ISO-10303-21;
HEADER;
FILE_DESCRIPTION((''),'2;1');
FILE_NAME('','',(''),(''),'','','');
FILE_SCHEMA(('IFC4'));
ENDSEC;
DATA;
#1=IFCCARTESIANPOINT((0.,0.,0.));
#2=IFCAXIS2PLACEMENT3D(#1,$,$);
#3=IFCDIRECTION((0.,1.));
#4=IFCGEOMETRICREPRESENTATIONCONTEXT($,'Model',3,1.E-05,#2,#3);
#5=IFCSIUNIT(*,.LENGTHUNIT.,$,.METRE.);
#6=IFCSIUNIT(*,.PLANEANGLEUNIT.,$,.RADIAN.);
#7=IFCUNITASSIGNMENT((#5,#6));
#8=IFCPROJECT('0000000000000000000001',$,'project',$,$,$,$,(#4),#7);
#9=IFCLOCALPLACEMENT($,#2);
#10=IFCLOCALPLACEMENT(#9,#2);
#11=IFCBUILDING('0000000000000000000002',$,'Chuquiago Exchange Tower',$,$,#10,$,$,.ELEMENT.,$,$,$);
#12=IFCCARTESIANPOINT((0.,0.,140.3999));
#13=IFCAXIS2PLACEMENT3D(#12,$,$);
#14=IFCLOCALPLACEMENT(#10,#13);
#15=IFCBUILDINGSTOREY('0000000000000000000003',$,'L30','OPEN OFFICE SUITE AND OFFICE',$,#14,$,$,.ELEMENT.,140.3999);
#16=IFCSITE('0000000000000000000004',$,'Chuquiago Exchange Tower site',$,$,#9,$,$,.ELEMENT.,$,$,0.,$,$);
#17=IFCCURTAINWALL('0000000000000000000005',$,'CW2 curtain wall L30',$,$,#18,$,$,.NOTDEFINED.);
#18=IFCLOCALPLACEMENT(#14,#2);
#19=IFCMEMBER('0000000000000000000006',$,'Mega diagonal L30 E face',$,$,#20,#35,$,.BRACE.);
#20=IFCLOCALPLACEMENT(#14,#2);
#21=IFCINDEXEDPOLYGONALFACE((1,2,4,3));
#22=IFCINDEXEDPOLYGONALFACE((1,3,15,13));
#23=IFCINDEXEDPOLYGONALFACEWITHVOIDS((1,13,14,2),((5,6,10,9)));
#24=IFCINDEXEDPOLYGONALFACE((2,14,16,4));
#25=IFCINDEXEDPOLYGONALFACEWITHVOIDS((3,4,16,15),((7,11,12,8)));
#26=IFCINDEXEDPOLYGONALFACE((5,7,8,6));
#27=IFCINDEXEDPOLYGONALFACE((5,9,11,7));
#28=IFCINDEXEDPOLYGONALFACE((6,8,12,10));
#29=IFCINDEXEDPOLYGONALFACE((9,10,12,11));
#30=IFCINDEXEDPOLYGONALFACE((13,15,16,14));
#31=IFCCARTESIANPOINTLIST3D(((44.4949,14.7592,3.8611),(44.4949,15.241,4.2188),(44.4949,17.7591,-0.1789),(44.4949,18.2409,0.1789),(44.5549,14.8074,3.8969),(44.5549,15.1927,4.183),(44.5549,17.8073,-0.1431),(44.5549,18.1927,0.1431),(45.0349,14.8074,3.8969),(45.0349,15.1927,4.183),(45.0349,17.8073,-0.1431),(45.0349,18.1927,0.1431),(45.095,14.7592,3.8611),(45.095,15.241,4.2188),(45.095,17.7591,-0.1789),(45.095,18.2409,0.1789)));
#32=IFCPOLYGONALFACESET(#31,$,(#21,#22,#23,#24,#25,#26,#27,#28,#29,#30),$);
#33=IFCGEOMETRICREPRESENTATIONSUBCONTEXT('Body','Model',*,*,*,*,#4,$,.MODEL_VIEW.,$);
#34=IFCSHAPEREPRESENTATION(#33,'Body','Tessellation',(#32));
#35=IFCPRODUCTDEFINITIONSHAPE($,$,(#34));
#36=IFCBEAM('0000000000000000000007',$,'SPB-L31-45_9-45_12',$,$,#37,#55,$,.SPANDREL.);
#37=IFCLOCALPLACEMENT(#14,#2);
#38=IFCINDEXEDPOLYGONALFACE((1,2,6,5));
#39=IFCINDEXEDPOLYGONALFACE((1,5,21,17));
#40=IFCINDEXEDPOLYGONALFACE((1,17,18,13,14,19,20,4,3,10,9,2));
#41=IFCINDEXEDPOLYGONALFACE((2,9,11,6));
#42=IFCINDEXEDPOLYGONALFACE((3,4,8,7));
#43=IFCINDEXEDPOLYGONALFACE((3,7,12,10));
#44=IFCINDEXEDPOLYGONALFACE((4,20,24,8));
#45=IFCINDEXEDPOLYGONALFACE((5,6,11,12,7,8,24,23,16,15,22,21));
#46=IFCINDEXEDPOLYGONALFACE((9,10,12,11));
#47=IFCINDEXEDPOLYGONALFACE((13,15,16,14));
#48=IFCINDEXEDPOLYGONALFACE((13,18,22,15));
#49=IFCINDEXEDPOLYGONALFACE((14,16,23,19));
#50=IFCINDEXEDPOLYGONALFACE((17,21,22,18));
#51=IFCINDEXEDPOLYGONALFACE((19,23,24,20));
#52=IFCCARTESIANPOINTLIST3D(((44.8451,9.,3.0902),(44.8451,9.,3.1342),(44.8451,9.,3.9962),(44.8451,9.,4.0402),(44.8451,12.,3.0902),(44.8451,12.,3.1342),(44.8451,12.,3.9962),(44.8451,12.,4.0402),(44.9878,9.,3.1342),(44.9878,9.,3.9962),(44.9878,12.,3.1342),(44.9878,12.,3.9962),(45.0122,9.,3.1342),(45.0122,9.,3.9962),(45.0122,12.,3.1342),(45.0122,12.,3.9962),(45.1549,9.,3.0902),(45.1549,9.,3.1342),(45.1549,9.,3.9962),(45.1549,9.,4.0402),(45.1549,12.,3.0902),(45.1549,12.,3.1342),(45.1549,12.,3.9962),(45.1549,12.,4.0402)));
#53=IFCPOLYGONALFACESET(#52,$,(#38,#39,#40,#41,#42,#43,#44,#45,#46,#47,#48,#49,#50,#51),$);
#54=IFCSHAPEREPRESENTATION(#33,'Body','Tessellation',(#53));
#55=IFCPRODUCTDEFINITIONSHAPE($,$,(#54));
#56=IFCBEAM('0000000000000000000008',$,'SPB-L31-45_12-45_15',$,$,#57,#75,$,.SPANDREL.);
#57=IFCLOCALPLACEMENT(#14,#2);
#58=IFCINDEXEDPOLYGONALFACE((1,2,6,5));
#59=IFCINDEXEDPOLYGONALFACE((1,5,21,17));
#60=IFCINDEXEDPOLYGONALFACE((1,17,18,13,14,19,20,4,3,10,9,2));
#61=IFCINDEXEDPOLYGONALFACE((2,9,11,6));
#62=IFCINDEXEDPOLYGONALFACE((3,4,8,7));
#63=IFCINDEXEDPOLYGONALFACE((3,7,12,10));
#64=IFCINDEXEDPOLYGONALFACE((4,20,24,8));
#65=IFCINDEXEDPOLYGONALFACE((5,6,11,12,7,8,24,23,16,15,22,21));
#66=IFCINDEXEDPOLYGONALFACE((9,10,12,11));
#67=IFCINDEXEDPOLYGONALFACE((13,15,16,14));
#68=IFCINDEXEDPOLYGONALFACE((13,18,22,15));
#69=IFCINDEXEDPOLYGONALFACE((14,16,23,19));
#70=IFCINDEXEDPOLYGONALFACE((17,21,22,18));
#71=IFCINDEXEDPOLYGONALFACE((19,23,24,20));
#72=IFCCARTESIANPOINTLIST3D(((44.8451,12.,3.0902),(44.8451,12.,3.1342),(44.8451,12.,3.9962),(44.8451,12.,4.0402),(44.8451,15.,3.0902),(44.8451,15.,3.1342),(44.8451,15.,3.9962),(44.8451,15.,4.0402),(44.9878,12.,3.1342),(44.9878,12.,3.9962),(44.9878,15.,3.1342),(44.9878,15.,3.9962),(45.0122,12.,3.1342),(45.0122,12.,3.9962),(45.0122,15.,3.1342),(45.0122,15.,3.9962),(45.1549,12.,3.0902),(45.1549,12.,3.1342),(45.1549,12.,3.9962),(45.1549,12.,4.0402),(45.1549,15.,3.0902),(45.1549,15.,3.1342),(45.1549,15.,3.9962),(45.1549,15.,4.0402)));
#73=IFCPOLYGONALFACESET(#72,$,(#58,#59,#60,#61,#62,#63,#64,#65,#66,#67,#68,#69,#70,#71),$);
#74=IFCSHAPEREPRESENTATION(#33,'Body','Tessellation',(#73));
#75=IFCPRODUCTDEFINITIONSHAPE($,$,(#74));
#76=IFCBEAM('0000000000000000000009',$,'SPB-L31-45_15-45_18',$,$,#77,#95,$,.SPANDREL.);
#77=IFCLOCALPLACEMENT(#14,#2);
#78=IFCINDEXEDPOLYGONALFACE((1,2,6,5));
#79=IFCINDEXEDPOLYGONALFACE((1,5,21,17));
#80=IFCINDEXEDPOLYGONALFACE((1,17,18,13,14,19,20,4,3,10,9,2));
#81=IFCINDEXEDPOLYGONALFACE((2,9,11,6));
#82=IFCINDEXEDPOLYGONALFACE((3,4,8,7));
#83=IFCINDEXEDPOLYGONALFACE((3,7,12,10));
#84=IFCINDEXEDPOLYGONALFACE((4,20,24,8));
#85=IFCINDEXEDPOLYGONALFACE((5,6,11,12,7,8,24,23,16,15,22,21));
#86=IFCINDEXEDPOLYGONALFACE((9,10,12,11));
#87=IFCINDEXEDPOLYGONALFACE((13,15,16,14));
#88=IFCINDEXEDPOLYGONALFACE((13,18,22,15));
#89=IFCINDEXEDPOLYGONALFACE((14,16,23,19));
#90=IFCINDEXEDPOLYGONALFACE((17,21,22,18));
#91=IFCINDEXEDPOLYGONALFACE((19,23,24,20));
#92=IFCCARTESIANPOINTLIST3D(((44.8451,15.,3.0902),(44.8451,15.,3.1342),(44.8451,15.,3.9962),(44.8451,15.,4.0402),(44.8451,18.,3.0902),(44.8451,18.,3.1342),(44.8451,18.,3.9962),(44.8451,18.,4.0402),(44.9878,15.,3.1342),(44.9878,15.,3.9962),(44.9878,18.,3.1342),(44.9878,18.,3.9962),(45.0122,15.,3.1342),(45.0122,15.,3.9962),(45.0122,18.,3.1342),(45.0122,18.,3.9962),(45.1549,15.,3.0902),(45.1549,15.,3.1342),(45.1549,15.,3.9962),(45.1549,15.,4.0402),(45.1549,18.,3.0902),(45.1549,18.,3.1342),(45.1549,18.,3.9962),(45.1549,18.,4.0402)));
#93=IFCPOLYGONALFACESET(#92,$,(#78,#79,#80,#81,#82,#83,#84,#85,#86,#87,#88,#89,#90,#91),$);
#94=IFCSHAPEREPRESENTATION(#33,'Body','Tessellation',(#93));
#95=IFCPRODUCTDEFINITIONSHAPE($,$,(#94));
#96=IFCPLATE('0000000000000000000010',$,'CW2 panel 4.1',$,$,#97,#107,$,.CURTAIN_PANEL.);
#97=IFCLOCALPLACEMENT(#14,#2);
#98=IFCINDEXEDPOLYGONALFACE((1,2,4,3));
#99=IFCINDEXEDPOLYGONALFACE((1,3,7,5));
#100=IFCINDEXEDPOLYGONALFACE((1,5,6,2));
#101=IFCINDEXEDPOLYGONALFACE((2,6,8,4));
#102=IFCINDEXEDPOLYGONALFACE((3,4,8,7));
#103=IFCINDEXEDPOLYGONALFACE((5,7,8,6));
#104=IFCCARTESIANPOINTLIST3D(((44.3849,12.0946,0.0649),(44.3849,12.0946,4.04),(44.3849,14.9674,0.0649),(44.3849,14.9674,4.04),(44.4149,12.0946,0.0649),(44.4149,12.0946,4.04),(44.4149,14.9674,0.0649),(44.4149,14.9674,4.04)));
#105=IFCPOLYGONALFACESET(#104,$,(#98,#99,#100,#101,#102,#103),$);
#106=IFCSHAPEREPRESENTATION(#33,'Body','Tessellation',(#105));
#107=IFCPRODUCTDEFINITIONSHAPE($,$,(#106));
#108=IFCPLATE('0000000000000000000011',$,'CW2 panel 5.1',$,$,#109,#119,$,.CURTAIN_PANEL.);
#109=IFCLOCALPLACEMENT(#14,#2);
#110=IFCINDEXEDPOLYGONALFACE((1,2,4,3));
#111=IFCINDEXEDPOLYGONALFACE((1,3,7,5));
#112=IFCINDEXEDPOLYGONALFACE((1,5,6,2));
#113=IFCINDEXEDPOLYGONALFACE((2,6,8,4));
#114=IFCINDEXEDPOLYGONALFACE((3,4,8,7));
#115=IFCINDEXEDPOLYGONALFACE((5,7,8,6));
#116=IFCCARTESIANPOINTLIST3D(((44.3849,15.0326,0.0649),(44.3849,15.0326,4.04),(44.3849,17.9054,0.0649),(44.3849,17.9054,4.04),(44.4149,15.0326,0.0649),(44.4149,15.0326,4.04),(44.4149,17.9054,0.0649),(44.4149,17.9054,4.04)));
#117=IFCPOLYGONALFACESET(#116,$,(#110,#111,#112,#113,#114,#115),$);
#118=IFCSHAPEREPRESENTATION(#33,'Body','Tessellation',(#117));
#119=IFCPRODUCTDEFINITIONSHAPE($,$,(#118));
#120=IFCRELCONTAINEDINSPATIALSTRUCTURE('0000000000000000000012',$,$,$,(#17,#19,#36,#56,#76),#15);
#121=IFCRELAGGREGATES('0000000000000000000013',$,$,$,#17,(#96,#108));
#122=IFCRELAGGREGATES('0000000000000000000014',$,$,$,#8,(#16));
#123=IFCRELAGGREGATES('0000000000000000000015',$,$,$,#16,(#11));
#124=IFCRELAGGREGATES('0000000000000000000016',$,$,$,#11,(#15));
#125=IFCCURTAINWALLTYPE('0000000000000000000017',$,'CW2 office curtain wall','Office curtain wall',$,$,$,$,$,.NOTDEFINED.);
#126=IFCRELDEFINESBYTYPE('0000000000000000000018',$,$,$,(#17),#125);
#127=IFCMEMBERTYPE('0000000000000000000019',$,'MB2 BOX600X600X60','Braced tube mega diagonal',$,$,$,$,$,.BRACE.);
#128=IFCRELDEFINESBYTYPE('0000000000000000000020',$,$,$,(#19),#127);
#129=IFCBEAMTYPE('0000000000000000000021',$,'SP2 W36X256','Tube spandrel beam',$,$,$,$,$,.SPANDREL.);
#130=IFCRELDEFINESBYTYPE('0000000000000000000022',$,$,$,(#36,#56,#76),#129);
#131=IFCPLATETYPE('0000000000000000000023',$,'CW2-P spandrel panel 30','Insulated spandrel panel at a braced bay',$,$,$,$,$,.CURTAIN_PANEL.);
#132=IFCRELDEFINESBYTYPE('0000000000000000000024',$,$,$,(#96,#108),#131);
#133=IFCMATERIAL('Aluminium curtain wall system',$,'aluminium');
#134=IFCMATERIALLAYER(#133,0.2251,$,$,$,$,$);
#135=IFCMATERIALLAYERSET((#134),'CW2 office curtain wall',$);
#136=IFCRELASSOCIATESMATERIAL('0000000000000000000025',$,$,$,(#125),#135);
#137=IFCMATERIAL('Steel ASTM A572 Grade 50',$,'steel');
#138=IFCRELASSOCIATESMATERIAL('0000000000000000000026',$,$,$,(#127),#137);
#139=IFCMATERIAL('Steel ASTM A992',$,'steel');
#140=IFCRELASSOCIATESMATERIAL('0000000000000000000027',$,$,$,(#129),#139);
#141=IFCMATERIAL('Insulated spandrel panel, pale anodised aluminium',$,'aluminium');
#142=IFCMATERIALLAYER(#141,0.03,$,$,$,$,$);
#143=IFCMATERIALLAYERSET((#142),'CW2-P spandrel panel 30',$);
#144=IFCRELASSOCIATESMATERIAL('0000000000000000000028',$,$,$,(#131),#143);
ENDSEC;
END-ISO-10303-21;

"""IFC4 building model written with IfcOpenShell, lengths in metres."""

from ifc_helpers import new_model, si_unit, direction, frame, origin, origin_2d, place, context, subcontext, project, spatial, rectangle, hollow_rectangle, i_section, extrude, material, layer, layer_set, material_profile, profile_set, type_object, element, aggregate, save


model = new_model("IFC4")

# Units and contexts
model_context = context("Model", 3, precision=1e-05, world=origin(), true_north=direction((0.0, 1.0)))
body_context = subcontext(model_context, "Body", "Model", "MODEL_VIEW")
ifc_project = project(units=[si_unit("LENGTHUNIT", "METRE"), si_unit("PLANEANGLEUNIT", "RADIAN")], contexts=[model_context])

# Site, building, storey
site_placement = place(None, origin())
site = spatial("IfcSite", under=ifc_project, at=site_placement, Name="Chuquiago Exchange Tower site", CompositionType="ELEMENT", RefElevation=0.0)
building_placement = place(site_placement, origin())
building = spatial("IfcBuilding", under=site, at=building_placement, Name="Chuquiago Exchange Tower", CompositionType="ELEMENT")
storey_placement = place(building_placement, frame((0.0, 0.0, 140.3999)))
storey = spatial("IfcBuildingStorey", under=building, at=storey_placement, Name="L30", Description="OPEN OFFICE SUITE AND OFFICE", CompositionType="ELEMENT", Elevation=140.3999)

# Curtain wall
ifc_material_1 = material(Name="Aluminium curtain wall system", Category="aluminium")
ifc_layer_1 = layer(ifc_material_1, 0.2251)
ifc_layer_set_1 = layer_set([ifc_layer_1], Name="CW2 office curtain wall")
curtain_wall_type = type_object("IfcCurtainWallType", Name="CW2 office curtain wall", Description="Office curtain wall", PredefinedType="NOTDEFINED", material=ifc_layer_set_1)
curtain_wall_placement = place(storey_placement, origin())
curtain_wall = element("IfcCurtainWall", 1, at=curtain_wall_placement, inside=storey, type_object=curtain_wall_type, Name="CW2 curtain wall L30", PredefinedType="NOTDEFINED")

# Member
ifc_material_2 = material(Name="Steel ASTM A572 Grade 50", Category="steel")
ifc_material_profile_1 = material_profile(ifc_material_2, hollow_rectangle(XDim=0.6001, YDim=0.6001, WallThickness=0.0601, at=origin_2d()), Name="BOX600X600X60")
ifc_profile_set_1 = profile_set([ifc_material_profile_1], Name="Steel ASTM A572 Grade 50")
member_type_1 = type_object("IfcMemberType", Name="MB2 BOX600X600X60", Description="Braced tube mega diagonal", PredefinedType="BRACE", material=ifc_profile_set_1)
for number, where, z_axis, x_axis, name in (
    (2, (44.7949, 18.0, 0.0), (0.0, -0.596174, 0.802855), (1.0, 0.0, 0.0), "Mega diagonal L30 E face"),
):
    element("IfcMember", number, at=place(storey_placement, frame(where, z_axis=z_axis, x_axis=x_axis)), inside=storey, type_object=member_type_1, Name=name, PredefinedType="BRACE", context=body_context, shape_type="SweptSolid", body=[
        extrude(hollow_rectangle(XDim=0.6001, YDim=0.6001, WallThickness=0.0601, at=origin_2d()), origin(), (0.0, 0.0, 1.0), 5.032),
    ])

# Beams
ifc_material_3 = material(Name="Steel ASTM A992", Category="steel")
ifc_material_profile_2 = material_profile(ifc_material_3, i_section(OverallWidth=0.3098, OverallDepth=0.95, WebThickness=0.0244, FlangeThickness=0.0439, at=origin_2d()), Name="W36X256")
ifc_profile_set_2 = profile_set([ifc_material_profile_2], Name="Steel ASTM A992")
beam_type = type_object("IfcBeamType", Name="SP2 W36X256", Description="Tube spandrel beam", PredefinedType="SPANDREL", material=ifc_profile_set_2)
for number, where, z_axis, x_axis, name in (
    (3, (45.0, 9.0, 3.5652), (0.0, 1.0, 0.0), (-1.0, 0.0, 0.0), "SPB-L31-45_9-45_12"),
    (4, (45.0, 12.0, 3.5652), (0.0, 1.0, 0.0), (-1.0, 0.0, 0.0), "SPB-L31-45_12-45_15"),
    (5, (45.0, 15.0, 3.5652), (0.0, 1.0, 0.0), (-1.0, 0.0, 0.0), "SPB-L31-45_15-45_18"),
):
    element("IfcBeam", number, at=place(storey_placement, frame(where, z_axis=z_axis, x_axis=x_axis)), inside=storey, type_object=beam_type, Name=name, PredefinedType="SPANDREL", context=body_context, shape_type="SweptSolid", body=[
        extrude(i_section(OverallWidth=0.3098, OverallDepth=0.95, WebThickness=0.0244, FlangeThickness=0.0439, at=origin_2d()), origin(), (0.0, 0.0, 1.0), 3.0),
    ])

# Plates
ifc_material_4 = material(Name="Insulated spandrel panel, pale anodised aluminium", Category="aluminium")
ifc_layer_2 = layer(ifc_material_4, 0.03)
ifc_layer_set_2 = layer_set([ifc_layer_2], Name="CW2-P spandrel panel 30")
plate_type = type_object("IfcPlateType", Name="CW2-P spandrel panel 30", Description="Insulated spandrel panel at a braced bay", PredefinedType="CURTAIN_PANEL", material=ifc_layer_set_2)
plate_1_placement = place(storey_placement, frame((44.3999, 13.531, 0.0649), z_axis=(0.0, 0.0, 1.0), x_axis=(0.0, 1.0, 0.0)))
plate_1 = element("IfcPlate", 6, at=plate_1_placement, type_object=plate_type, Name="CW2 panel 4.1", PredefinedType="CURTAIN_PANEL", context=body_context, shape_type="SweptSolid", body=[
    extrude(rectangle(XDim=2.8728, YDim=0.03, at=origin_2d()), origin(), (0.0, 0.0, 1.0), 3.9751),
])
plate_2_placement = place(storey_placement, frame((44.3999, 16.469, 0.0649), z_axis=(0.0, 0.0, 1.0), x_axis=(0.0, 1.0, 0.0)))
plate_2 = element("IfcPlate", 7, at=plate_2_placement, type_object=plate_type, Name="CW2 panel 5.1", PredefinedType="CURTAIN_PANEL", context=body_context, shape_type="SweptSolid", body=[
    extrude(rectangle(XDim=2.8728, YDim=0.03, at=origin_2d()), origin(), (0.0, 0.0, 1.0), 3.9751),
])
aggregate(curtain_wall, [plate_1, plate_2])

save(model, "model.ifc")
